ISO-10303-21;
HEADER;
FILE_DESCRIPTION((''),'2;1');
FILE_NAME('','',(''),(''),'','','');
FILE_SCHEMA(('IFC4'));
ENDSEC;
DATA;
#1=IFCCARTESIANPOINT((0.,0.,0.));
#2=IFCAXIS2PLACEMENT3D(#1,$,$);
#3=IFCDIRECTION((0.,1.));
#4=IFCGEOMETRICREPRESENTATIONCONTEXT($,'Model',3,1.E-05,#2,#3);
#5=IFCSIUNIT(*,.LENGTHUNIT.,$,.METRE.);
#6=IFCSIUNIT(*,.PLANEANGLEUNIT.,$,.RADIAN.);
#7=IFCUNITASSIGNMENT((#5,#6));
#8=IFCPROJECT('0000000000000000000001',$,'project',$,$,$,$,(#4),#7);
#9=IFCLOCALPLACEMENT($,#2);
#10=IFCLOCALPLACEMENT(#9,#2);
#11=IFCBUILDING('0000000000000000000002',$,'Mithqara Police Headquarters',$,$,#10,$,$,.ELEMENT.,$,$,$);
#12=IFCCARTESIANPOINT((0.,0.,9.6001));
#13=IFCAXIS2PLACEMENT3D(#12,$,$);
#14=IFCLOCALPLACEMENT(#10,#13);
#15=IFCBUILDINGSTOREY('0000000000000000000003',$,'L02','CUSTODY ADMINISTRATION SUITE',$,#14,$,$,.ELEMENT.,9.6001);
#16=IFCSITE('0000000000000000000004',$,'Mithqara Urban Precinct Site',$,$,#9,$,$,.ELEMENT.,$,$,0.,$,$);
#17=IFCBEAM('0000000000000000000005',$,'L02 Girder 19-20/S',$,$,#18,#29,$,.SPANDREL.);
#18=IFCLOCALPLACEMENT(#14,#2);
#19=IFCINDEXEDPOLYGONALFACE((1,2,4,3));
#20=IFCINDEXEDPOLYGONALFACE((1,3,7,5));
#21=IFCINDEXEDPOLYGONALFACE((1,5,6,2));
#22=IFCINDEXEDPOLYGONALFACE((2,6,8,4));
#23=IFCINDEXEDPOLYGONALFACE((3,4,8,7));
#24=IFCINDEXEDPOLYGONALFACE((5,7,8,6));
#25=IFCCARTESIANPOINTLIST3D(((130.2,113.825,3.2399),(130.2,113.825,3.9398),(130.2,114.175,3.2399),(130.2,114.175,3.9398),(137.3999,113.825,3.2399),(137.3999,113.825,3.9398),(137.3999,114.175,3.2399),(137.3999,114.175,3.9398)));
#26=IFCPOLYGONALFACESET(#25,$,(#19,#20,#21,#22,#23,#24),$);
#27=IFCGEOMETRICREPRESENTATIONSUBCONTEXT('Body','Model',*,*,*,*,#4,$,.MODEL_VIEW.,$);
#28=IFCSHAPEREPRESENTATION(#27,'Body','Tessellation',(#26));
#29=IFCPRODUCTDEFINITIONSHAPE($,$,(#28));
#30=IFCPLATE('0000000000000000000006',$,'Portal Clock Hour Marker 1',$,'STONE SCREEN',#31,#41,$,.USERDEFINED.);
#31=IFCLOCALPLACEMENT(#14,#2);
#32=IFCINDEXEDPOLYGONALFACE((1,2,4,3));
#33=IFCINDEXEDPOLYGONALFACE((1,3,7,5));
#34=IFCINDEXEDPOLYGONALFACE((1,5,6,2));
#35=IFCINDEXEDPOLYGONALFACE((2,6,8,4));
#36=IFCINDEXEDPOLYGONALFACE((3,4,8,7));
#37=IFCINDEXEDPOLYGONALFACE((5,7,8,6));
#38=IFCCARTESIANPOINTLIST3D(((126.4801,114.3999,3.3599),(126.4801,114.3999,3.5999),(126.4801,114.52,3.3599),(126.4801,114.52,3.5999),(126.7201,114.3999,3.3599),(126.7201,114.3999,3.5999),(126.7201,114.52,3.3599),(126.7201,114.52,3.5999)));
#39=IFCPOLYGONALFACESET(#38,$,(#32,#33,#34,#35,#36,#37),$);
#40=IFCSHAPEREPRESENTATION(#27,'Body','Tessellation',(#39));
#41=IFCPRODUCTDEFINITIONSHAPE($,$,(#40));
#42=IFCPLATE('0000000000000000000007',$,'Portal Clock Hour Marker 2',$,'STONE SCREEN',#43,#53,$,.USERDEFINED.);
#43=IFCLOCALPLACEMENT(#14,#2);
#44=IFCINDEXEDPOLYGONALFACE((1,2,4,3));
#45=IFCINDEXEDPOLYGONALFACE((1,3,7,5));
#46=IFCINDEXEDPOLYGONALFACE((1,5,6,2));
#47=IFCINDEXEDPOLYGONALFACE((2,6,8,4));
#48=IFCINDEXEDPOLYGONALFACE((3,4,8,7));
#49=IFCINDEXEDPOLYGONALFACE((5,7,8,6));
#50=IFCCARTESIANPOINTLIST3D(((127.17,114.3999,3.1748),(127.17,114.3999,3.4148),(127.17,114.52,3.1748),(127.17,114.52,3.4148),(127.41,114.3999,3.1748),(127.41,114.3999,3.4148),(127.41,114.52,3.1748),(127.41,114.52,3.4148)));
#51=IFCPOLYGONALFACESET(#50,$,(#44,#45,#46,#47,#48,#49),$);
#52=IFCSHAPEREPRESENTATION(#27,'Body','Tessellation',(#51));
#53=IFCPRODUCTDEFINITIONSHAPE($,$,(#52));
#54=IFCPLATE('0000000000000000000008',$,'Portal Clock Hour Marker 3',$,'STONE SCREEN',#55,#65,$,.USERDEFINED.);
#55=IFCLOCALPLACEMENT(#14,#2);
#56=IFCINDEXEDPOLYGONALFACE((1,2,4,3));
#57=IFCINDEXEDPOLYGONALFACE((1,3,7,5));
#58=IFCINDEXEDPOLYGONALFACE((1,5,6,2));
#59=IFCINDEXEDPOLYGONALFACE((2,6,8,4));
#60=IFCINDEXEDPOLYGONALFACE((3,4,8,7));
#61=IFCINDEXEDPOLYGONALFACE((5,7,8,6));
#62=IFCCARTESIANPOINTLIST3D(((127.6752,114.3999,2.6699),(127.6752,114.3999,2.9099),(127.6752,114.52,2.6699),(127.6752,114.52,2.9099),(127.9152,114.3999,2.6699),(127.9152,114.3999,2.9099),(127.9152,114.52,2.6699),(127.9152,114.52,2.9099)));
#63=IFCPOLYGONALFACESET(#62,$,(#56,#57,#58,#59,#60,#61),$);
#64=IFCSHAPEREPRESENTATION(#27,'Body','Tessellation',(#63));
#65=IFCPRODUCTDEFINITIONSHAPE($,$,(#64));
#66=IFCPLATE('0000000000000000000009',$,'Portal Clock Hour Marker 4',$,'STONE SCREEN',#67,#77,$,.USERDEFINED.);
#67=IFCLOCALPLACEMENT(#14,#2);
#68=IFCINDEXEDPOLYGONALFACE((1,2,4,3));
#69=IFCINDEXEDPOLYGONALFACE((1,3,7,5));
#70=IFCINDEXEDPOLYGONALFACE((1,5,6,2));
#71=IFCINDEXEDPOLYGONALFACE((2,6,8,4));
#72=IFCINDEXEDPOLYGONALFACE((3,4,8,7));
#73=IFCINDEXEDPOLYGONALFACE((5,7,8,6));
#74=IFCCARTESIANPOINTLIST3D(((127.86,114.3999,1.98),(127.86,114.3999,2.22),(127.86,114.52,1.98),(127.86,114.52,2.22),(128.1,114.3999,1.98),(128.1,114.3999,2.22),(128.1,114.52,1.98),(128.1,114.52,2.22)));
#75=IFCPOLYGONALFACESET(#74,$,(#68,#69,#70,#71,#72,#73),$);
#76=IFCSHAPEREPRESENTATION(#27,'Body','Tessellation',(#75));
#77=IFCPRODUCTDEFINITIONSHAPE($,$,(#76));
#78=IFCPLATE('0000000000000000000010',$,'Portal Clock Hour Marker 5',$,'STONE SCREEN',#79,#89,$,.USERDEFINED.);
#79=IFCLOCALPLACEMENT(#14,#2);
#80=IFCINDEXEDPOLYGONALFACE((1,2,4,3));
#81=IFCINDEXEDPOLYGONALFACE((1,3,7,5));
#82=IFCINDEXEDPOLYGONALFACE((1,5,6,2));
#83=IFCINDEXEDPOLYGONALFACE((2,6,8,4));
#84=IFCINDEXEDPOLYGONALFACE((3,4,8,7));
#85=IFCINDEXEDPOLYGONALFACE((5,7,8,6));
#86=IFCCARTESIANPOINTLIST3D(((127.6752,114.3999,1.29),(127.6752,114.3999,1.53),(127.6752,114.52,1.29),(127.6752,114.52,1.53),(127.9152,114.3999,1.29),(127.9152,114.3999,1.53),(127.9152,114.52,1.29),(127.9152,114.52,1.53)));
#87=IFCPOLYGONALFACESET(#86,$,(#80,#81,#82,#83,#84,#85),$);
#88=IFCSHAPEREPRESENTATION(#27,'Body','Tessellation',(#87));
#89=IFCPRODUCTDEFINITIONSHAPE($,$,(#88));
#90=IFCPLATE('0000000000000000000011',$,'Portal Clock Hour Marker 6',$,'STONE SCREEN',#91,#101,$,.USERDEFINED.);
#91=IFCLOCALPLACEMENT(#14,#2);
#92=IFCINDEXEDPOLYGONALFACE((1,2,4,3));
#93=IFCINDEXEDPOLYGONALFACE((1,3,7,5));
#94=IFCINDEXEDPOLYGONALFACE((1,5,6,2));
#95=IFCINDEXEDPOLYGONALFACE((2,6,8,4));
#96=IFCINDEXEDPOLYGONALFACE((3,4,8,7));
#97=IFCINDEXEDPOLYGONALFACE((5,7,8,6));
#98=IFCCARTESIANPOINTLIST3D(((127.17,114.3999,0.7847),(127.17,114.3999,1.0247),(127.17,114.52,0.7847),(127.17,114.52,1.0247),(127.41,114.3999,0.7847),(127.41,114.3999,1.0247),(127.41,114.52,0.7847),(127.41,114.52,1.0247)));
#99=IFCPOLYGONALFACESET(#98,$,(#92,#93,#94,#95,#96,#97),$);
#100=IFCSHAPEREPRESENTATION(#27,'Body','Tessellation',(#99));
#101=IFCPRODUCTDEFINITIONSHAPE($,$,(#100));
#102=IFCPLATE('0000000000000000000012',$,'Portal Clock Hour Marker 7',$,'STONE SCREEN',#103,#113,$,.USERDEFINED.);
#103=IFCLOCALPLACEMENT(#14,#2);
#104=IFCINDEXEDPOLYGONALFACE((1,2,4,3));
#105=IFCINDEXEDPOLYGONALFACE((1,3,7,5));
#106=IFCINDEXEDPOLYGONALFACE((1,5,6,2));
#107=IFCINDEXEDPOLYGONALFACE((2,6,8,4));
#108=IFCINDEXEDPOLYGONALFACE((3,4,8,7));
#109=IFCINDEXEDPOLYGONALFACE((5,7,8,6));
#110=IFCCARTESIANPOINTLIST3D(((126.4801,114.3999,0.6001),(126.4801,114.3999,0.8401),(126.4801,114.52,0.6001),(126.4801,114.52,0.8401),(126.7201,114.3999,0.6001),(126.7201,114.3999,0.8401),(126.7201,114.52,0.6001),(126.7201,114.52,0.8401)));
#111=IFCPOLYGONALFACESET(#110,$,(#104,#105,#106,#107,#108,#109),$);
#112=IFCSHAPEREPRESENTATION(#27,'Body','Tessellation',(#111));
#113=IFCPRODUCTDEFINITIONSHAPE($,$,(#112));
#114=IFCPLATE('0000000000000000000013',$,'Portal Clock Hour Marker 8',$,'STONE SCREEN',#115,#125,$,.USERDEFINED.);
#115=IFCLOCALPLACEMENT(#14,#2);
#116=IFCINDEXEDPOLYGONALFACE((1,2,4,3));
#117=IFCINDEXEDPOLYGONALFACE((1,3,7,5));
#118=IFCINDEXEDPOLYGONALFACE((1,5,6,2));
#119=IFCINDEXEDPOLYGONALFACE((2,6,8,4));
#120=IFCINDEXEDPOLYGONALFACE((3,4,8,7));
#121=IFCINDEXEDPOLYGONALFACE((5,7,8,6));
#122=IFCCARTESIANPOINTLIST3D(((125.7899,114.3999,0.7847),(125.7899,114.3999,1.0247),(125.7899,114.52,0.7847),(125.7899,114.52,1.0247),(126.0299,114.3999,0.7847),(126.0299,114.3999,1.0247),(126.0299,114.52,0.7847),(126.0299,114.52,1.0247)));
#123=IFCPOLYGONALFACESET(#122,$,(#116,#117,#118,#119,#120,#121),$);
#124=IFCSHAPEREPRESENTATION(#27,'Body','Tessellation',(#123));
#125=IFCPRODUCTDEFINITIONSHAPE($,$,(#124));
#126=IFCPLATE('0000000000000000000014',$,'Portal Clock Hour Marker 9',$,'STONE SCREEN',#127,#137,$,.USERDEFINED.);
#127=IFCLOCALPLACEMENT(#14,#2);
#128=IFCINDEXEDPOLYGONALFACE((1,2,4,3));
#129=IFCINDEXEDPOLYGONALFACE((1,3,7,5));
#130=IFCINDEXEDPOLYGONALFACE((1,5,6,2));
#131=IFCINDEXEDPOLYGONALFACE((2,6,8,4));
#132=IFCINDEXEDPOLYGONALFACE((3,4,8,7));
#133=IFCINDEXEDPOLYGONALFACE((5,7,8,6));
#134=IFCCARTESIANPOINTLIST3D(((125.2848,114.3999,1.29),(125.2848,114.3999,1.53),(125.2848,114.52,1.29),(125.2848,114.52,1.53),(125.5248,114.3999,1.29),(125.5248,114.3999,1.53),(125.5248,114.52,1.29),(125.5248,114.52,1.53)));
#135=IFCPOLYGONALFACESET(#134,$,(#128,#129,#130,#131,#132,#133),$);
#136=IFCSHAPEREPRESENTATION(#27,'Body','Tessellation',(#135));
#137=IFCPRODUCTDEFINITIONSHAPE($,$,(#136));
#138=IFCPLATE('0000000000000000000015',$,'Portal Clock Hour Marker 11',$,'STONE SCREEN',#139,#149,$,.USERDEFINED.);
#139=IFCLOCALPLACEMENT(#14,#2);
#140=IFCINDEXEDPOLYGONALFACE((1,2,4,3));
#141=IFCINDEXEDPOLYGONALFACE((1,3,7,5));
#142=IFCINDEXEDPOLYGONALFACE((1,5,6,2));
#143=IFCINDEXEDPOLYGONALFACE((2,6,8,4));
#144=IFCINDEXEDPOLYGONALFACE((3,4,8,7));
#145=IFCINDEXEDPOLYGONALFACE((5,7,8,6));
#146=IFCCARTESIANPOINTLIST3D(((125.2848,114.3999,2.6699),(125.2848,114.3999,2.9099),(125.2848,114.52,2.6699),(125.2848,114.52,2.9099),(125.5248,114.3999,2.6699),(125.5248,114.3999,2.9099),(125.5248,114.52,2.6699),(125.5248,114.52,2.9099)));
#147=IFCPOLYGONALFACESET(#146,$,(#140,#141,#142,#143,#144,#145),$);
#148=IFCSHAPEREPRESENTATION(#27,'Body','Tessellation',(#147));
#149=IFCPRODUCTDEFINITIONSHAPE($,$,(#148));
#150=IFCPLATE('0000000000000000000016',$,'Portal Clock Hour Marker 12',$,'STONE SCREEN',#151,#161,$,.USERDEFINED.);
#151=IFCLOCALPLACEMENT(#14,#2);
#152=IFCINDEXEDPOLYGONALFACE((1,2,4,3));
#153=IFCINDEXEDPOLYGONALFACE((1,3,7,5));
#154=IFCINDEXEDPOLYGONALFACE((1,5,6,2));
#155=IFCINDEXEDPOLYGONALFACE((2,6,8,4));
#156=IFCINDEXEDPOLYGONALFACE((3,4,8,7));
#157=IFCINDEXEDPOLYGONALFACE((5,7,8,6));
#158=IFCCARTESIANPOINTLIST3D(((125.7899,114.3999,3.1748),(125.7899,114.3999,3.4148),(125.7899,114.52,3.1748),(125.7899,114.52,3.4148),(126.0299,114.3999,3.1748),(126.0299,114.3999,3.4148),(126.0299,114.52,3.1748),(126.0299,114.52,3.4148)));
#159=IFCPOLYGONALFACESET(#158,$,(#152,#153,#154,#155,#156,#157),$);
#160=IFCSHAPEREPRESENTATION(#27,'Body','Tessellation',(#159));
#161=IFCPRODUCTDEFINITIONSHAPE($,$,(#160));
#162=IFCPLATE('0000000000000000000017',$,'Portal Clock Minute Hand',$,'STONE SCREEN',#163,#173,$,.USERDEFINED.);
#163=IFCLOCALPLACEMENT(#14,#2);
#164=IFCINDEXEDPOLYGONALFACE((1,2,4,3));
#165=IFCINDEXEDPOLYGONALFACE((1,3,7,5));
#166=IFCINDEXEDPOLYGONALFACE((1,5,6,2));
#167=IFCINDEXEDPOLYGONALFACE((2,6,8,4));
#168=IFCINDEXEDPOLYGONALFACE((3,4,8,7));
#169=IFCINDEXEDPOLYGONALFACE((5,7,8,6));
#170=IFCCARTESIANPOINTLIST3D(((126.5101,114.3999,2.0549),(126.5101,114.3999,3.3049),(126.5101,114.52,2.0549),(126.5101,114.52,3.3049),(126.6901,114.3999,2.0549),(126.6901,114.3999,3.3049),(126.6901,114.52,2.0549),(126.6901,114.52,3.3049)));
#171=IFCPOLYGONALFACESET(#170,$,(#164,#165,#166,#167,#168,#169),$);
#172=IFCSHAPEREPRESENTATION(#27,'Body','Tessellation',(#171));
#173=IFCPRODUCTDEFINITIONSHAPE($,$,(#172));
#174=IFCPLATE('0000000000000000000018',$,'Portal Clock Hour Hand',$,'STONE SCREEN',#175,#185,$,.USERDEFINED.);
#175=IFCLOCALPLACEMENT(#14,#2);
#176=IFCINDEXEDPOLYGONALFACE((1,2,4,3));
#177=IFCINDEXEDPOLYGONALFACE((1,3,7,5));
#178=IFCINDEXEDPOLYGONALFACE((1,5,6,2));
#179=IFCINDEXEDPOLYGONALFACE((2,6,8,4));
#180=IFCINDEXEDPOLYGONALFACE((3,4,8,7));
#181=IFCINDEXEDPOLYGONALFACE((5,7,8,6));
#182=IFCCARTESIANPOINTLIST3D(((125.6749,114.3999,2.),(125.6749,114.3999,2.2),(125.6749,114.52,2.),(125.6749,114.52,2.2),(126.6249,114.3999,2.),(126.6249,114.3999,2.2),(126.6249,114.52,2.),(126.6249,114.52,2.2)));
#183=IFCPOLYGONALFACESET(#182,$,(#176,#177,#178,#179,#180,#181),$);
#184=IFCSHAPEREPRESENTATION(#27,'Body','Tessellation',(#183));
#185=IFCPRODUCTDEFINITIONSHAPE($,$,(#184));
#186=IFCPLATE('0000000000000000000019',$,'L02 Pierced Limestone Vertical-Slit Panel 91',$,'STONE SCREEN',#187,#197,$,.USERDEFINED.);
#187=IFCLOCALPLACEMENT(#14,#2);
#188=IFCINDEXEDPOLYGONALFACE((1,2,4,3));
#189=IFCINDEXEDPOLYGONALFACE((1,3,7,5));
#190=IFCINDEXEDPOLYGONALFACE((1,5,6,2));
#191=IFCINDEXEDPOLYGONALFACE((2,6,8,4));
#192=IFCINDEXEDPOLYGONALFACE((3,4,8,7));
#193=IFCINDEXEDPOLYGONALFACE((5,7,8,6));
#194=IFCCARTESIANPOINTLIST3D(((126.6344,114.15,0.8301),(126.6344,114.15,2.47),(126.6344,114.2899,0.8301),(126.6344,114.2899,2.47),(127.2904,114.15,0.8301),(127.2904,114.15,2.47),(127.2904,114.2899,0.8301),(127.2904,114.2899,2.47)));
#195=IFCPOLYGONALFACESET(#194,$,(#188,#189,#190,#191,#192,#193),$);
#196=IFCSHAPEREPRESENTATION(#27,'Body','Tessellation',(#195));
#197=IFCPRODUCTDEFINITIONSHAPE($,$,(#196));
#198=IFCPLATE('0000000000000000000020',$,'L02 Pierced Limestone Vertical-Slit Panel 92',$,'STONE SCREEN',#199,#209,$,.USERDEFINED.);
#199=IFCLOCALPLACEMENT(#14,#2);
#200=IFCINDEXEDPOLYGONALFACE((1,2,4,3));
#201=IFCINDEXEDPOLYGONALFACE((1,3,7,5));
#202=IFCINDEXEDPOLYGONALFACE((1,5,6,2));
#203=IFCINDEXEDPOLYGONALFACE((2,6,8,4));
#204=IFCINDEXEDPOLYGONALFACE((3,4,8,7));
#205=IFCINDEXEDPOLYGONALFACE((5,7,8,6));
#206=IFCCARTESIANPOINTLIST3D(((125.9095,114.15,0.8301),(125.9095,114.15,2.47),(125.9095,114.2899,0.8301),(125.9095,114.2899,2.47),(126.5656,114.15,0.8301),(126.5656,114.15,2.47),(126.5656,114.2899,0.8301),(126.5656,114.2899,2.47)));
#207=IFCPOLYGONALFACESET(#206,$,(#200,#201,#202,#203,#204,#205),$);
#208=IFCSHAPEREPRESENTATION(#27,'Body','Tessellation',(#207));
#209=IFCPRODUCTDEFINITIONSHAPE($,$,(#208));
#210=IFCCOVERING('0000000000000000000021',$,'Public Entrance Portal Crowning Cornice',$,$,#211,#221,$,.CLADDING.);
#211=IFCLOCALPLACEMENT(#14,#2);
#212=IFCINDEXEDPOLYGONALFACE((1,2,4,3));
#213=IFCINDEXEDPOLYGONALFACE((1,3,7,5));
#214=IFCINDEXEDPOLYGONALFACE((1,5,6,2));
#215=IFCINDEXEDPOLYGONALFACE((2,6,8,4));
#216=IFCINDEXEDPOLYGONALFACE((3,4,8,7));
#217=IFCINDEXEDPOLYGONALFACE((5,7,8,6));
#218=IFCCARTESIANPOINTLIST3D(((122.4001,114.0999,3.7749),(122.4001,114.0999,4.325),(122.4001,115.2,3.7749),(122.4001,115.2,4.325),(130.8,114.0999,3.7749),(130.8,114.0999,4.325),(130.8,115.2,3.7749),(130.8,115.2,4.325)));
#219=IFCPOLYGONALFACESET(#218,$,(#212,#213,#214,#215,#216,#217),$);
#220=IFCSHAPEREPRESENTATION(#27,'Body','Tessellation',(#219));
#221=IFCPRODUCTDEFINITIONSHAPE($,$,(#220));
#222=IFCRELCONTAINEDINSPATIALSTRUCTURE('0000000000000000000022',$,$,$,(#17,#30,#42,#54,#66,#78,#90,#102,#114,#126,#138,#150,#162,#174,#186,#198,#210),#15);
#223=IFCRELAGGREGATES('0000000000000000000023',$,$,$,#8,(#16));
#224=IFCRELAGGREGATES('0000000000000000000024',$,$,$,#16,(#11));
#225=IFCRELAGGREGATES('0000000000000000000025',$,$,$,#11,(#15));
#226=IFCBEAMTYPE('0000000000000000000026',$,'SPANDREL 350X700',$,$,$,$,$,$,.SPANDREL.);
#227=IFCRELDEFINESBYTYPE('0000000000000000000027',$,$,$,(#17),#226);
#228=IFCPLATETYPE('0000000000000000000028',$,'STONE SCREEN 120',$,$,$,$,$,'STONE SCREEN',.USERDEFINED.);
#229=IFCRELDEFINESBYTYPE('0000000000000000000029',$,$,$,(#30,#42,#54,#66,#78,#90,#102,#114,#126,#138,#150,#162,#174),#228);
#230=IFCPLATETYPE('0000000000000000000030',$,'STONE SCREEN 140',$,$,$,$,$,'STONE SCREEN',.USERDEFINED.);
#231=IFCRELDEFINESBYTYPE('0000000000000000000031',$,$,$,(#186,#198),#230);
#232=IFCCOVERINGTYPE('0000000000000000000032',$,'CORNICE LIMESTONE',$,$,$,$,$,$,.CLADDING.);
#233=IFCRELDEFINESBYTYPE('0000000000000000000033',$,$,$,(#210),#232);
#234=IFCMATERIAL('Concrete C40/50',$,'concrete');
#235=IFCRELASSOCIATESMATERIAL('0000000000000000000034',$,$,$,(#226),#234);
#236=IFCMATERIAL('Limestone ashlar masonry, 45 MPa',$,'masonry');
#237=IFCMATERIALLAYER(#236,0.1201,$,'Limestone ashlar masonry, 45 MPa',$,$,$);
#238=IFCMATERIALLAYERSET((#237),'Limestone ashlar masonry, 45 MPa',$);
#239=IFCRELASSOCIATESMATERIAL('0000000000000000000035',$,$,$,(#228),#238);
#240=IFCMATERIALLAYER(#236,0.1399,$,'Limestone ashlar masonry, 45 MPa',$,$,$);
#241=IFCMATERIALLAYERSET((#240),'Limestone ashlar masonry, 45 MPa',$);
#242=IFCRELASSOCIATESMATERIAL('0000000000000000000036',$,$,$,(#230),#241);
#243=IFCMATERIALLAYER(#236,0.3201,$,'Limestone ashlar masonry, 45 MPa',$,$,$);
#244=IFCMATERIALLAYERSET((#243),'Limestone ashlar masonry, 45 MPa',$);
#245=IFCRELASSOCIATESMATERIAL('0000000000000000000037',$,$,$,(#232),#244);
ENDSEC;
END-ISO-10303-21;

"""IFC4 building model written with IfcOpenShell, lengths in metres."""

from ifc_helpers import new_model, si_unit, direction, frame, origin, origin_2d, place, context, subcontext, project, spatial, rectangle, extrude, material, layer, layer_set, material_profile, profile_set, type_object, element, save


model = new_model("IFC4")

# Units and contexts
model_context = context("Model", 3, precision=1e-05, world=origin(), true_north=direction((0.0, 1.0)))
body_context = subcontext(model_context, "Body", "Model", "MODEL_VIEW")
ifc_project = project(units=[si_unit("LENGTHUNIT", "METRE"), si_unit("PLANEANGLEUNIT", "RADIAN")], contexts=[model_context])

# Site, building, storey
site_placement = place(None, origin())
site = spatial("IfcSite", under=ifc_project, at=site_placement, Name="Mithqara Urban Precinct Site", CompositionType="ELEMENT", RefElevation=0.0)
building_placement = place(site_placement, origin())
building = spatial("IfcBuilding", under=site, at=building_placement, Name="Mithqara Police Headquarters", CompositionType="ELEMENT")
storey_placement = place(building_placement, frame((0.0, 0.0, 9.6001)))
storey = spatial("IfcBuildingStorey", under=building, at=storey_placement, Name="L02", Description="CUSTODY ADMINISTRATION SUITE", CompositionType="ELEMENT", Elevation=9.6001)

# Beam
ifc_material_1 = material(Name="Concrete C40/50", Category="concrete")
ifc_material_profile = material_profile(ifc_material_1, rectangle(XDim=0.3501, YDim=0.7, at=origin_2d()), Name="SPB 350x700")
ifc_profile_set = profile_set([ifc_material_profile], Name="Concrete C40/50")
beam_type = type_object("IfcBeamType", Name="SPANDREL 350X700", PredefinedType="SPANDREL", material=ifc_profile_set)
beam_placement = place(storey_placement, frame((130.2, 114.0, 3.5898), z_axis=(1.0, 0.0, 0.0), x_axis=(0.0, 1.0, 0.0)))
element("IfcBeam", 1, at=beam_placement, inside=storey, type_object=beam_type, Name="L02 Girder 19-20/S", PredefinedType="SPANDREL", context=body_context, shape_type="SweptSolid", body=[
    extrude(rectangle(XDim=0.3501, YDim=0.7, at=origin_2d()), origin(), (0.0, 0.0, 1.0), 7.2),
])

# Plates
ifc_material_2 = material(Name="Limestone ashlar masonry, 45 MPa", Category="masonry")
ifc_layer_1 = layer(ifc_material_2, 0.1201, Name="Limestone ashlar masonry, 45 MPa")
ifc_layer_set_1 = layer_set([ifc_layer_1], Name="Limestone ashlar masonry, 45 MPa")
plate_type_1 = type_object("IfcPlateType", Name="STONE SCREEN 120", ElementType="STONE SCREEN", PredefinedType="USERDEFINED", material=ifc_layer_set_1)
for number, where, z_axis, x_axis, name in (
    (2, (126.6001, 114.46, 3.3599), (0.0, 0.0, 1.0), (1.0, 0.0, 0.0), "Portal Clock Hour Marker 1"),
    (3, (127.29, 114.46, 3.1748), (0.0, 0.0, 1.0), (1.0, 0.0, 0.0), "Portal Clock Hour Marker 2"),
    (4, (127.7952, 114.46, 2.6699), (0.0, 0.0, 1.0), (1.0, 0.0, 0.0), "Portal Clock Hour Marker 3"),
    (5, (127.98, 114.46, 1.98), (0.0, 0.0, 1.0), (1.0, 0.0, 0.0), "Portal Clock Hour Marker 4"),
    (6, (127.7952, 114.46, 1.29), (0.0, 0.0, 1.0), (1.0, 0.0, 0.0), "Portal Clock Hour Marker 5"),
    (7, (127.29, 114.46, 0.7847), (0.0, 0.0, 1.0), (1.0, 0.0, 0.0), "Portal Clock Hour Marker 6"),
    (8, (126.6001, 114.46, 0.6001), (0.0, 0.0, 1.0), (1.0, 0.0, 0.0), "Portal Clock Hour Marker 7"),
    (9, (125.9099, 114.46, 0.7847), (0.0, 0.0, 1.0), (1.0, 0.0, 0.0), "Portal Clock Hour Marker 8"),
    (10, (125.4048, 114.46, 1.29), (0.0, 0.0, 1.0), (1.0, 0.0, 0.0), "Portal Clock Hour Marker 9"),
    (11, (125.4048, 114.46, 2.6699), (0.0, 0.0, 1.0), (1.0, 0.0, 0.0), "Portal Clock Hour Marker 11"),
    (12, (125.9099, 114.46, 3.1748), (0.0, 0.0, 1.0), (1.0, 0.0, 0.0), "Portal Clock Hour Marker 12"),
):
    element("IfcPlate", number, at=place(storey_placement, frame(where, z_axis=z_axis, x_axis=x_axis)), inside=storey, type_object=plate_type_1, Name=name, ObjectType="STONE SCREEN", PredefinedType="USERDEFINED", context=body_context, shape_type="SweptSolid", body=[
        extrude(rectangle(XDim=0.24, YDim=0.1201, at=origin_2d()), origin(), (0.0, 0.0, 1.0), 0.24),
    ])
plate_1_placement = place(storey_placement, frame((126.6001, 114.46, 2.0549), z_axis=(0.0, 0.0, 1.0), x_axis=(1.0, 0.0, 0.0)))
element("IfcPlate", 13, at=plate_1_placement, inside=storey, type_object=plate_type_1, Name="Portal Clock Minute Hand", ObjectType="STONE SCREEN", PredefinedType="USERDEFINED", context=body_context, shape_type="SweptSolid", body=[
    extrude(rectangle(XDim=0.1799, YDim=0.1201, at=origin_2d()), origin(), (0.0, 0.0, 1.0), 1.25),
])
plate_2_placement = place(storey_placement, frame((126.1499, 114.46, 2.0), z_axis=(0.0, 0.0, 1.0), x_axis=(1.0, 0.0, 0.0)))
element("IfcPlate", 14, at=plate_2_placement, inside=storey, type_object=plate_type_1, Name="Portal Clock Hour Hand", ObjectType="STONE SCREEN", PredefinedType="USERDEFINED", context=body_context, shape_type="SweptSolid", body=[
    extrude(rectangle(XDim=0.95, YDim=0.1201, at=origin_2d()), origin(), (0.0, 0.0, 1.0), 0.2),
])
ifc_layer_2 = layer(ifc_material_2, 0.1399, Name="Limestone ashlar masonry, 45 MPa")
ifc_layer_set_2 = layer_set([ifc_layer_2], Name="Limestone ashlar masonry, 45 MPa")
plate_type_2 = type_object("IfcPlateType", Name="STONE SCREEN 140", ElementType="STONE SCREEN", PredefinedType="USERDEFINED", material=ifc_layer_set_2)
for number, where, z_axis, x_axis, name in (
    (15, (126.9624, 114.22, 0.8301), (0.0, 0.0, 1.0), (1.0, 0.0, 0.0), "L02 Pierced Limestone Vertical-Slit Panel 91"),
    (16, (126.2375, 114.22, 0.8301), (0.0, 0.0, 1.0), (1.0, 0.0, 0.0), "L02 Pierced Limestone Vertical-Slit Panel 92"),
):
    element("IfcPlate", number, at=place(storey_placement, frame(where, z_axis=z_axis, x_axis=x_axis)), inside=storey, type_object=plate_type_2, Name=name, ObjectType="STONE SCREEN", PredefinedType="USERDEFINED", context=body_context, shape_type="SweptSolid", body=[
        extrude(rectangle(XDim=0.656, YDim=0.1399, at=origin_2d()), origin(), (0.0, 0.0, 1.0), 1.6399),
    ])

# Covering
ifc_layer_3 = layer(ifc_material_2, 0.3201, Name="Limestone ashlar masonry, 45 MPa")
ifc_layer_set_3 = layer_set([ifc_layer_3], Name="Limestone ashlar masonry, 45 MPa")
covering_type = type_object("IfcCoveringType", Name="CORNICE LIMESTONE", PredefinedType="CLADDING", material=ifc_layer_set_3)
covering_1_placement = place(storey_placement, frame((126.6001, 114.6499, 3.7749), z_axis=(0.0, 0.0, 1.0), x_axis=(1.0, 0.0, 0.0)))
element("IfcCovering", 17, at=covering_1_placement, inside=storey, type_object=covering_type, Name="Public Entrance Portal Crowning Cornice", PredefinedType="CLADDING", context=body_context, shape_type="SweptSolid", body=[
    extrude(rectangle(XDim=8.3999, YDim=1.1001, at=origin_2d()), origin(), (0.0, 0.0, 1.0), 0.55),
])

save(model, "model.ifc")
